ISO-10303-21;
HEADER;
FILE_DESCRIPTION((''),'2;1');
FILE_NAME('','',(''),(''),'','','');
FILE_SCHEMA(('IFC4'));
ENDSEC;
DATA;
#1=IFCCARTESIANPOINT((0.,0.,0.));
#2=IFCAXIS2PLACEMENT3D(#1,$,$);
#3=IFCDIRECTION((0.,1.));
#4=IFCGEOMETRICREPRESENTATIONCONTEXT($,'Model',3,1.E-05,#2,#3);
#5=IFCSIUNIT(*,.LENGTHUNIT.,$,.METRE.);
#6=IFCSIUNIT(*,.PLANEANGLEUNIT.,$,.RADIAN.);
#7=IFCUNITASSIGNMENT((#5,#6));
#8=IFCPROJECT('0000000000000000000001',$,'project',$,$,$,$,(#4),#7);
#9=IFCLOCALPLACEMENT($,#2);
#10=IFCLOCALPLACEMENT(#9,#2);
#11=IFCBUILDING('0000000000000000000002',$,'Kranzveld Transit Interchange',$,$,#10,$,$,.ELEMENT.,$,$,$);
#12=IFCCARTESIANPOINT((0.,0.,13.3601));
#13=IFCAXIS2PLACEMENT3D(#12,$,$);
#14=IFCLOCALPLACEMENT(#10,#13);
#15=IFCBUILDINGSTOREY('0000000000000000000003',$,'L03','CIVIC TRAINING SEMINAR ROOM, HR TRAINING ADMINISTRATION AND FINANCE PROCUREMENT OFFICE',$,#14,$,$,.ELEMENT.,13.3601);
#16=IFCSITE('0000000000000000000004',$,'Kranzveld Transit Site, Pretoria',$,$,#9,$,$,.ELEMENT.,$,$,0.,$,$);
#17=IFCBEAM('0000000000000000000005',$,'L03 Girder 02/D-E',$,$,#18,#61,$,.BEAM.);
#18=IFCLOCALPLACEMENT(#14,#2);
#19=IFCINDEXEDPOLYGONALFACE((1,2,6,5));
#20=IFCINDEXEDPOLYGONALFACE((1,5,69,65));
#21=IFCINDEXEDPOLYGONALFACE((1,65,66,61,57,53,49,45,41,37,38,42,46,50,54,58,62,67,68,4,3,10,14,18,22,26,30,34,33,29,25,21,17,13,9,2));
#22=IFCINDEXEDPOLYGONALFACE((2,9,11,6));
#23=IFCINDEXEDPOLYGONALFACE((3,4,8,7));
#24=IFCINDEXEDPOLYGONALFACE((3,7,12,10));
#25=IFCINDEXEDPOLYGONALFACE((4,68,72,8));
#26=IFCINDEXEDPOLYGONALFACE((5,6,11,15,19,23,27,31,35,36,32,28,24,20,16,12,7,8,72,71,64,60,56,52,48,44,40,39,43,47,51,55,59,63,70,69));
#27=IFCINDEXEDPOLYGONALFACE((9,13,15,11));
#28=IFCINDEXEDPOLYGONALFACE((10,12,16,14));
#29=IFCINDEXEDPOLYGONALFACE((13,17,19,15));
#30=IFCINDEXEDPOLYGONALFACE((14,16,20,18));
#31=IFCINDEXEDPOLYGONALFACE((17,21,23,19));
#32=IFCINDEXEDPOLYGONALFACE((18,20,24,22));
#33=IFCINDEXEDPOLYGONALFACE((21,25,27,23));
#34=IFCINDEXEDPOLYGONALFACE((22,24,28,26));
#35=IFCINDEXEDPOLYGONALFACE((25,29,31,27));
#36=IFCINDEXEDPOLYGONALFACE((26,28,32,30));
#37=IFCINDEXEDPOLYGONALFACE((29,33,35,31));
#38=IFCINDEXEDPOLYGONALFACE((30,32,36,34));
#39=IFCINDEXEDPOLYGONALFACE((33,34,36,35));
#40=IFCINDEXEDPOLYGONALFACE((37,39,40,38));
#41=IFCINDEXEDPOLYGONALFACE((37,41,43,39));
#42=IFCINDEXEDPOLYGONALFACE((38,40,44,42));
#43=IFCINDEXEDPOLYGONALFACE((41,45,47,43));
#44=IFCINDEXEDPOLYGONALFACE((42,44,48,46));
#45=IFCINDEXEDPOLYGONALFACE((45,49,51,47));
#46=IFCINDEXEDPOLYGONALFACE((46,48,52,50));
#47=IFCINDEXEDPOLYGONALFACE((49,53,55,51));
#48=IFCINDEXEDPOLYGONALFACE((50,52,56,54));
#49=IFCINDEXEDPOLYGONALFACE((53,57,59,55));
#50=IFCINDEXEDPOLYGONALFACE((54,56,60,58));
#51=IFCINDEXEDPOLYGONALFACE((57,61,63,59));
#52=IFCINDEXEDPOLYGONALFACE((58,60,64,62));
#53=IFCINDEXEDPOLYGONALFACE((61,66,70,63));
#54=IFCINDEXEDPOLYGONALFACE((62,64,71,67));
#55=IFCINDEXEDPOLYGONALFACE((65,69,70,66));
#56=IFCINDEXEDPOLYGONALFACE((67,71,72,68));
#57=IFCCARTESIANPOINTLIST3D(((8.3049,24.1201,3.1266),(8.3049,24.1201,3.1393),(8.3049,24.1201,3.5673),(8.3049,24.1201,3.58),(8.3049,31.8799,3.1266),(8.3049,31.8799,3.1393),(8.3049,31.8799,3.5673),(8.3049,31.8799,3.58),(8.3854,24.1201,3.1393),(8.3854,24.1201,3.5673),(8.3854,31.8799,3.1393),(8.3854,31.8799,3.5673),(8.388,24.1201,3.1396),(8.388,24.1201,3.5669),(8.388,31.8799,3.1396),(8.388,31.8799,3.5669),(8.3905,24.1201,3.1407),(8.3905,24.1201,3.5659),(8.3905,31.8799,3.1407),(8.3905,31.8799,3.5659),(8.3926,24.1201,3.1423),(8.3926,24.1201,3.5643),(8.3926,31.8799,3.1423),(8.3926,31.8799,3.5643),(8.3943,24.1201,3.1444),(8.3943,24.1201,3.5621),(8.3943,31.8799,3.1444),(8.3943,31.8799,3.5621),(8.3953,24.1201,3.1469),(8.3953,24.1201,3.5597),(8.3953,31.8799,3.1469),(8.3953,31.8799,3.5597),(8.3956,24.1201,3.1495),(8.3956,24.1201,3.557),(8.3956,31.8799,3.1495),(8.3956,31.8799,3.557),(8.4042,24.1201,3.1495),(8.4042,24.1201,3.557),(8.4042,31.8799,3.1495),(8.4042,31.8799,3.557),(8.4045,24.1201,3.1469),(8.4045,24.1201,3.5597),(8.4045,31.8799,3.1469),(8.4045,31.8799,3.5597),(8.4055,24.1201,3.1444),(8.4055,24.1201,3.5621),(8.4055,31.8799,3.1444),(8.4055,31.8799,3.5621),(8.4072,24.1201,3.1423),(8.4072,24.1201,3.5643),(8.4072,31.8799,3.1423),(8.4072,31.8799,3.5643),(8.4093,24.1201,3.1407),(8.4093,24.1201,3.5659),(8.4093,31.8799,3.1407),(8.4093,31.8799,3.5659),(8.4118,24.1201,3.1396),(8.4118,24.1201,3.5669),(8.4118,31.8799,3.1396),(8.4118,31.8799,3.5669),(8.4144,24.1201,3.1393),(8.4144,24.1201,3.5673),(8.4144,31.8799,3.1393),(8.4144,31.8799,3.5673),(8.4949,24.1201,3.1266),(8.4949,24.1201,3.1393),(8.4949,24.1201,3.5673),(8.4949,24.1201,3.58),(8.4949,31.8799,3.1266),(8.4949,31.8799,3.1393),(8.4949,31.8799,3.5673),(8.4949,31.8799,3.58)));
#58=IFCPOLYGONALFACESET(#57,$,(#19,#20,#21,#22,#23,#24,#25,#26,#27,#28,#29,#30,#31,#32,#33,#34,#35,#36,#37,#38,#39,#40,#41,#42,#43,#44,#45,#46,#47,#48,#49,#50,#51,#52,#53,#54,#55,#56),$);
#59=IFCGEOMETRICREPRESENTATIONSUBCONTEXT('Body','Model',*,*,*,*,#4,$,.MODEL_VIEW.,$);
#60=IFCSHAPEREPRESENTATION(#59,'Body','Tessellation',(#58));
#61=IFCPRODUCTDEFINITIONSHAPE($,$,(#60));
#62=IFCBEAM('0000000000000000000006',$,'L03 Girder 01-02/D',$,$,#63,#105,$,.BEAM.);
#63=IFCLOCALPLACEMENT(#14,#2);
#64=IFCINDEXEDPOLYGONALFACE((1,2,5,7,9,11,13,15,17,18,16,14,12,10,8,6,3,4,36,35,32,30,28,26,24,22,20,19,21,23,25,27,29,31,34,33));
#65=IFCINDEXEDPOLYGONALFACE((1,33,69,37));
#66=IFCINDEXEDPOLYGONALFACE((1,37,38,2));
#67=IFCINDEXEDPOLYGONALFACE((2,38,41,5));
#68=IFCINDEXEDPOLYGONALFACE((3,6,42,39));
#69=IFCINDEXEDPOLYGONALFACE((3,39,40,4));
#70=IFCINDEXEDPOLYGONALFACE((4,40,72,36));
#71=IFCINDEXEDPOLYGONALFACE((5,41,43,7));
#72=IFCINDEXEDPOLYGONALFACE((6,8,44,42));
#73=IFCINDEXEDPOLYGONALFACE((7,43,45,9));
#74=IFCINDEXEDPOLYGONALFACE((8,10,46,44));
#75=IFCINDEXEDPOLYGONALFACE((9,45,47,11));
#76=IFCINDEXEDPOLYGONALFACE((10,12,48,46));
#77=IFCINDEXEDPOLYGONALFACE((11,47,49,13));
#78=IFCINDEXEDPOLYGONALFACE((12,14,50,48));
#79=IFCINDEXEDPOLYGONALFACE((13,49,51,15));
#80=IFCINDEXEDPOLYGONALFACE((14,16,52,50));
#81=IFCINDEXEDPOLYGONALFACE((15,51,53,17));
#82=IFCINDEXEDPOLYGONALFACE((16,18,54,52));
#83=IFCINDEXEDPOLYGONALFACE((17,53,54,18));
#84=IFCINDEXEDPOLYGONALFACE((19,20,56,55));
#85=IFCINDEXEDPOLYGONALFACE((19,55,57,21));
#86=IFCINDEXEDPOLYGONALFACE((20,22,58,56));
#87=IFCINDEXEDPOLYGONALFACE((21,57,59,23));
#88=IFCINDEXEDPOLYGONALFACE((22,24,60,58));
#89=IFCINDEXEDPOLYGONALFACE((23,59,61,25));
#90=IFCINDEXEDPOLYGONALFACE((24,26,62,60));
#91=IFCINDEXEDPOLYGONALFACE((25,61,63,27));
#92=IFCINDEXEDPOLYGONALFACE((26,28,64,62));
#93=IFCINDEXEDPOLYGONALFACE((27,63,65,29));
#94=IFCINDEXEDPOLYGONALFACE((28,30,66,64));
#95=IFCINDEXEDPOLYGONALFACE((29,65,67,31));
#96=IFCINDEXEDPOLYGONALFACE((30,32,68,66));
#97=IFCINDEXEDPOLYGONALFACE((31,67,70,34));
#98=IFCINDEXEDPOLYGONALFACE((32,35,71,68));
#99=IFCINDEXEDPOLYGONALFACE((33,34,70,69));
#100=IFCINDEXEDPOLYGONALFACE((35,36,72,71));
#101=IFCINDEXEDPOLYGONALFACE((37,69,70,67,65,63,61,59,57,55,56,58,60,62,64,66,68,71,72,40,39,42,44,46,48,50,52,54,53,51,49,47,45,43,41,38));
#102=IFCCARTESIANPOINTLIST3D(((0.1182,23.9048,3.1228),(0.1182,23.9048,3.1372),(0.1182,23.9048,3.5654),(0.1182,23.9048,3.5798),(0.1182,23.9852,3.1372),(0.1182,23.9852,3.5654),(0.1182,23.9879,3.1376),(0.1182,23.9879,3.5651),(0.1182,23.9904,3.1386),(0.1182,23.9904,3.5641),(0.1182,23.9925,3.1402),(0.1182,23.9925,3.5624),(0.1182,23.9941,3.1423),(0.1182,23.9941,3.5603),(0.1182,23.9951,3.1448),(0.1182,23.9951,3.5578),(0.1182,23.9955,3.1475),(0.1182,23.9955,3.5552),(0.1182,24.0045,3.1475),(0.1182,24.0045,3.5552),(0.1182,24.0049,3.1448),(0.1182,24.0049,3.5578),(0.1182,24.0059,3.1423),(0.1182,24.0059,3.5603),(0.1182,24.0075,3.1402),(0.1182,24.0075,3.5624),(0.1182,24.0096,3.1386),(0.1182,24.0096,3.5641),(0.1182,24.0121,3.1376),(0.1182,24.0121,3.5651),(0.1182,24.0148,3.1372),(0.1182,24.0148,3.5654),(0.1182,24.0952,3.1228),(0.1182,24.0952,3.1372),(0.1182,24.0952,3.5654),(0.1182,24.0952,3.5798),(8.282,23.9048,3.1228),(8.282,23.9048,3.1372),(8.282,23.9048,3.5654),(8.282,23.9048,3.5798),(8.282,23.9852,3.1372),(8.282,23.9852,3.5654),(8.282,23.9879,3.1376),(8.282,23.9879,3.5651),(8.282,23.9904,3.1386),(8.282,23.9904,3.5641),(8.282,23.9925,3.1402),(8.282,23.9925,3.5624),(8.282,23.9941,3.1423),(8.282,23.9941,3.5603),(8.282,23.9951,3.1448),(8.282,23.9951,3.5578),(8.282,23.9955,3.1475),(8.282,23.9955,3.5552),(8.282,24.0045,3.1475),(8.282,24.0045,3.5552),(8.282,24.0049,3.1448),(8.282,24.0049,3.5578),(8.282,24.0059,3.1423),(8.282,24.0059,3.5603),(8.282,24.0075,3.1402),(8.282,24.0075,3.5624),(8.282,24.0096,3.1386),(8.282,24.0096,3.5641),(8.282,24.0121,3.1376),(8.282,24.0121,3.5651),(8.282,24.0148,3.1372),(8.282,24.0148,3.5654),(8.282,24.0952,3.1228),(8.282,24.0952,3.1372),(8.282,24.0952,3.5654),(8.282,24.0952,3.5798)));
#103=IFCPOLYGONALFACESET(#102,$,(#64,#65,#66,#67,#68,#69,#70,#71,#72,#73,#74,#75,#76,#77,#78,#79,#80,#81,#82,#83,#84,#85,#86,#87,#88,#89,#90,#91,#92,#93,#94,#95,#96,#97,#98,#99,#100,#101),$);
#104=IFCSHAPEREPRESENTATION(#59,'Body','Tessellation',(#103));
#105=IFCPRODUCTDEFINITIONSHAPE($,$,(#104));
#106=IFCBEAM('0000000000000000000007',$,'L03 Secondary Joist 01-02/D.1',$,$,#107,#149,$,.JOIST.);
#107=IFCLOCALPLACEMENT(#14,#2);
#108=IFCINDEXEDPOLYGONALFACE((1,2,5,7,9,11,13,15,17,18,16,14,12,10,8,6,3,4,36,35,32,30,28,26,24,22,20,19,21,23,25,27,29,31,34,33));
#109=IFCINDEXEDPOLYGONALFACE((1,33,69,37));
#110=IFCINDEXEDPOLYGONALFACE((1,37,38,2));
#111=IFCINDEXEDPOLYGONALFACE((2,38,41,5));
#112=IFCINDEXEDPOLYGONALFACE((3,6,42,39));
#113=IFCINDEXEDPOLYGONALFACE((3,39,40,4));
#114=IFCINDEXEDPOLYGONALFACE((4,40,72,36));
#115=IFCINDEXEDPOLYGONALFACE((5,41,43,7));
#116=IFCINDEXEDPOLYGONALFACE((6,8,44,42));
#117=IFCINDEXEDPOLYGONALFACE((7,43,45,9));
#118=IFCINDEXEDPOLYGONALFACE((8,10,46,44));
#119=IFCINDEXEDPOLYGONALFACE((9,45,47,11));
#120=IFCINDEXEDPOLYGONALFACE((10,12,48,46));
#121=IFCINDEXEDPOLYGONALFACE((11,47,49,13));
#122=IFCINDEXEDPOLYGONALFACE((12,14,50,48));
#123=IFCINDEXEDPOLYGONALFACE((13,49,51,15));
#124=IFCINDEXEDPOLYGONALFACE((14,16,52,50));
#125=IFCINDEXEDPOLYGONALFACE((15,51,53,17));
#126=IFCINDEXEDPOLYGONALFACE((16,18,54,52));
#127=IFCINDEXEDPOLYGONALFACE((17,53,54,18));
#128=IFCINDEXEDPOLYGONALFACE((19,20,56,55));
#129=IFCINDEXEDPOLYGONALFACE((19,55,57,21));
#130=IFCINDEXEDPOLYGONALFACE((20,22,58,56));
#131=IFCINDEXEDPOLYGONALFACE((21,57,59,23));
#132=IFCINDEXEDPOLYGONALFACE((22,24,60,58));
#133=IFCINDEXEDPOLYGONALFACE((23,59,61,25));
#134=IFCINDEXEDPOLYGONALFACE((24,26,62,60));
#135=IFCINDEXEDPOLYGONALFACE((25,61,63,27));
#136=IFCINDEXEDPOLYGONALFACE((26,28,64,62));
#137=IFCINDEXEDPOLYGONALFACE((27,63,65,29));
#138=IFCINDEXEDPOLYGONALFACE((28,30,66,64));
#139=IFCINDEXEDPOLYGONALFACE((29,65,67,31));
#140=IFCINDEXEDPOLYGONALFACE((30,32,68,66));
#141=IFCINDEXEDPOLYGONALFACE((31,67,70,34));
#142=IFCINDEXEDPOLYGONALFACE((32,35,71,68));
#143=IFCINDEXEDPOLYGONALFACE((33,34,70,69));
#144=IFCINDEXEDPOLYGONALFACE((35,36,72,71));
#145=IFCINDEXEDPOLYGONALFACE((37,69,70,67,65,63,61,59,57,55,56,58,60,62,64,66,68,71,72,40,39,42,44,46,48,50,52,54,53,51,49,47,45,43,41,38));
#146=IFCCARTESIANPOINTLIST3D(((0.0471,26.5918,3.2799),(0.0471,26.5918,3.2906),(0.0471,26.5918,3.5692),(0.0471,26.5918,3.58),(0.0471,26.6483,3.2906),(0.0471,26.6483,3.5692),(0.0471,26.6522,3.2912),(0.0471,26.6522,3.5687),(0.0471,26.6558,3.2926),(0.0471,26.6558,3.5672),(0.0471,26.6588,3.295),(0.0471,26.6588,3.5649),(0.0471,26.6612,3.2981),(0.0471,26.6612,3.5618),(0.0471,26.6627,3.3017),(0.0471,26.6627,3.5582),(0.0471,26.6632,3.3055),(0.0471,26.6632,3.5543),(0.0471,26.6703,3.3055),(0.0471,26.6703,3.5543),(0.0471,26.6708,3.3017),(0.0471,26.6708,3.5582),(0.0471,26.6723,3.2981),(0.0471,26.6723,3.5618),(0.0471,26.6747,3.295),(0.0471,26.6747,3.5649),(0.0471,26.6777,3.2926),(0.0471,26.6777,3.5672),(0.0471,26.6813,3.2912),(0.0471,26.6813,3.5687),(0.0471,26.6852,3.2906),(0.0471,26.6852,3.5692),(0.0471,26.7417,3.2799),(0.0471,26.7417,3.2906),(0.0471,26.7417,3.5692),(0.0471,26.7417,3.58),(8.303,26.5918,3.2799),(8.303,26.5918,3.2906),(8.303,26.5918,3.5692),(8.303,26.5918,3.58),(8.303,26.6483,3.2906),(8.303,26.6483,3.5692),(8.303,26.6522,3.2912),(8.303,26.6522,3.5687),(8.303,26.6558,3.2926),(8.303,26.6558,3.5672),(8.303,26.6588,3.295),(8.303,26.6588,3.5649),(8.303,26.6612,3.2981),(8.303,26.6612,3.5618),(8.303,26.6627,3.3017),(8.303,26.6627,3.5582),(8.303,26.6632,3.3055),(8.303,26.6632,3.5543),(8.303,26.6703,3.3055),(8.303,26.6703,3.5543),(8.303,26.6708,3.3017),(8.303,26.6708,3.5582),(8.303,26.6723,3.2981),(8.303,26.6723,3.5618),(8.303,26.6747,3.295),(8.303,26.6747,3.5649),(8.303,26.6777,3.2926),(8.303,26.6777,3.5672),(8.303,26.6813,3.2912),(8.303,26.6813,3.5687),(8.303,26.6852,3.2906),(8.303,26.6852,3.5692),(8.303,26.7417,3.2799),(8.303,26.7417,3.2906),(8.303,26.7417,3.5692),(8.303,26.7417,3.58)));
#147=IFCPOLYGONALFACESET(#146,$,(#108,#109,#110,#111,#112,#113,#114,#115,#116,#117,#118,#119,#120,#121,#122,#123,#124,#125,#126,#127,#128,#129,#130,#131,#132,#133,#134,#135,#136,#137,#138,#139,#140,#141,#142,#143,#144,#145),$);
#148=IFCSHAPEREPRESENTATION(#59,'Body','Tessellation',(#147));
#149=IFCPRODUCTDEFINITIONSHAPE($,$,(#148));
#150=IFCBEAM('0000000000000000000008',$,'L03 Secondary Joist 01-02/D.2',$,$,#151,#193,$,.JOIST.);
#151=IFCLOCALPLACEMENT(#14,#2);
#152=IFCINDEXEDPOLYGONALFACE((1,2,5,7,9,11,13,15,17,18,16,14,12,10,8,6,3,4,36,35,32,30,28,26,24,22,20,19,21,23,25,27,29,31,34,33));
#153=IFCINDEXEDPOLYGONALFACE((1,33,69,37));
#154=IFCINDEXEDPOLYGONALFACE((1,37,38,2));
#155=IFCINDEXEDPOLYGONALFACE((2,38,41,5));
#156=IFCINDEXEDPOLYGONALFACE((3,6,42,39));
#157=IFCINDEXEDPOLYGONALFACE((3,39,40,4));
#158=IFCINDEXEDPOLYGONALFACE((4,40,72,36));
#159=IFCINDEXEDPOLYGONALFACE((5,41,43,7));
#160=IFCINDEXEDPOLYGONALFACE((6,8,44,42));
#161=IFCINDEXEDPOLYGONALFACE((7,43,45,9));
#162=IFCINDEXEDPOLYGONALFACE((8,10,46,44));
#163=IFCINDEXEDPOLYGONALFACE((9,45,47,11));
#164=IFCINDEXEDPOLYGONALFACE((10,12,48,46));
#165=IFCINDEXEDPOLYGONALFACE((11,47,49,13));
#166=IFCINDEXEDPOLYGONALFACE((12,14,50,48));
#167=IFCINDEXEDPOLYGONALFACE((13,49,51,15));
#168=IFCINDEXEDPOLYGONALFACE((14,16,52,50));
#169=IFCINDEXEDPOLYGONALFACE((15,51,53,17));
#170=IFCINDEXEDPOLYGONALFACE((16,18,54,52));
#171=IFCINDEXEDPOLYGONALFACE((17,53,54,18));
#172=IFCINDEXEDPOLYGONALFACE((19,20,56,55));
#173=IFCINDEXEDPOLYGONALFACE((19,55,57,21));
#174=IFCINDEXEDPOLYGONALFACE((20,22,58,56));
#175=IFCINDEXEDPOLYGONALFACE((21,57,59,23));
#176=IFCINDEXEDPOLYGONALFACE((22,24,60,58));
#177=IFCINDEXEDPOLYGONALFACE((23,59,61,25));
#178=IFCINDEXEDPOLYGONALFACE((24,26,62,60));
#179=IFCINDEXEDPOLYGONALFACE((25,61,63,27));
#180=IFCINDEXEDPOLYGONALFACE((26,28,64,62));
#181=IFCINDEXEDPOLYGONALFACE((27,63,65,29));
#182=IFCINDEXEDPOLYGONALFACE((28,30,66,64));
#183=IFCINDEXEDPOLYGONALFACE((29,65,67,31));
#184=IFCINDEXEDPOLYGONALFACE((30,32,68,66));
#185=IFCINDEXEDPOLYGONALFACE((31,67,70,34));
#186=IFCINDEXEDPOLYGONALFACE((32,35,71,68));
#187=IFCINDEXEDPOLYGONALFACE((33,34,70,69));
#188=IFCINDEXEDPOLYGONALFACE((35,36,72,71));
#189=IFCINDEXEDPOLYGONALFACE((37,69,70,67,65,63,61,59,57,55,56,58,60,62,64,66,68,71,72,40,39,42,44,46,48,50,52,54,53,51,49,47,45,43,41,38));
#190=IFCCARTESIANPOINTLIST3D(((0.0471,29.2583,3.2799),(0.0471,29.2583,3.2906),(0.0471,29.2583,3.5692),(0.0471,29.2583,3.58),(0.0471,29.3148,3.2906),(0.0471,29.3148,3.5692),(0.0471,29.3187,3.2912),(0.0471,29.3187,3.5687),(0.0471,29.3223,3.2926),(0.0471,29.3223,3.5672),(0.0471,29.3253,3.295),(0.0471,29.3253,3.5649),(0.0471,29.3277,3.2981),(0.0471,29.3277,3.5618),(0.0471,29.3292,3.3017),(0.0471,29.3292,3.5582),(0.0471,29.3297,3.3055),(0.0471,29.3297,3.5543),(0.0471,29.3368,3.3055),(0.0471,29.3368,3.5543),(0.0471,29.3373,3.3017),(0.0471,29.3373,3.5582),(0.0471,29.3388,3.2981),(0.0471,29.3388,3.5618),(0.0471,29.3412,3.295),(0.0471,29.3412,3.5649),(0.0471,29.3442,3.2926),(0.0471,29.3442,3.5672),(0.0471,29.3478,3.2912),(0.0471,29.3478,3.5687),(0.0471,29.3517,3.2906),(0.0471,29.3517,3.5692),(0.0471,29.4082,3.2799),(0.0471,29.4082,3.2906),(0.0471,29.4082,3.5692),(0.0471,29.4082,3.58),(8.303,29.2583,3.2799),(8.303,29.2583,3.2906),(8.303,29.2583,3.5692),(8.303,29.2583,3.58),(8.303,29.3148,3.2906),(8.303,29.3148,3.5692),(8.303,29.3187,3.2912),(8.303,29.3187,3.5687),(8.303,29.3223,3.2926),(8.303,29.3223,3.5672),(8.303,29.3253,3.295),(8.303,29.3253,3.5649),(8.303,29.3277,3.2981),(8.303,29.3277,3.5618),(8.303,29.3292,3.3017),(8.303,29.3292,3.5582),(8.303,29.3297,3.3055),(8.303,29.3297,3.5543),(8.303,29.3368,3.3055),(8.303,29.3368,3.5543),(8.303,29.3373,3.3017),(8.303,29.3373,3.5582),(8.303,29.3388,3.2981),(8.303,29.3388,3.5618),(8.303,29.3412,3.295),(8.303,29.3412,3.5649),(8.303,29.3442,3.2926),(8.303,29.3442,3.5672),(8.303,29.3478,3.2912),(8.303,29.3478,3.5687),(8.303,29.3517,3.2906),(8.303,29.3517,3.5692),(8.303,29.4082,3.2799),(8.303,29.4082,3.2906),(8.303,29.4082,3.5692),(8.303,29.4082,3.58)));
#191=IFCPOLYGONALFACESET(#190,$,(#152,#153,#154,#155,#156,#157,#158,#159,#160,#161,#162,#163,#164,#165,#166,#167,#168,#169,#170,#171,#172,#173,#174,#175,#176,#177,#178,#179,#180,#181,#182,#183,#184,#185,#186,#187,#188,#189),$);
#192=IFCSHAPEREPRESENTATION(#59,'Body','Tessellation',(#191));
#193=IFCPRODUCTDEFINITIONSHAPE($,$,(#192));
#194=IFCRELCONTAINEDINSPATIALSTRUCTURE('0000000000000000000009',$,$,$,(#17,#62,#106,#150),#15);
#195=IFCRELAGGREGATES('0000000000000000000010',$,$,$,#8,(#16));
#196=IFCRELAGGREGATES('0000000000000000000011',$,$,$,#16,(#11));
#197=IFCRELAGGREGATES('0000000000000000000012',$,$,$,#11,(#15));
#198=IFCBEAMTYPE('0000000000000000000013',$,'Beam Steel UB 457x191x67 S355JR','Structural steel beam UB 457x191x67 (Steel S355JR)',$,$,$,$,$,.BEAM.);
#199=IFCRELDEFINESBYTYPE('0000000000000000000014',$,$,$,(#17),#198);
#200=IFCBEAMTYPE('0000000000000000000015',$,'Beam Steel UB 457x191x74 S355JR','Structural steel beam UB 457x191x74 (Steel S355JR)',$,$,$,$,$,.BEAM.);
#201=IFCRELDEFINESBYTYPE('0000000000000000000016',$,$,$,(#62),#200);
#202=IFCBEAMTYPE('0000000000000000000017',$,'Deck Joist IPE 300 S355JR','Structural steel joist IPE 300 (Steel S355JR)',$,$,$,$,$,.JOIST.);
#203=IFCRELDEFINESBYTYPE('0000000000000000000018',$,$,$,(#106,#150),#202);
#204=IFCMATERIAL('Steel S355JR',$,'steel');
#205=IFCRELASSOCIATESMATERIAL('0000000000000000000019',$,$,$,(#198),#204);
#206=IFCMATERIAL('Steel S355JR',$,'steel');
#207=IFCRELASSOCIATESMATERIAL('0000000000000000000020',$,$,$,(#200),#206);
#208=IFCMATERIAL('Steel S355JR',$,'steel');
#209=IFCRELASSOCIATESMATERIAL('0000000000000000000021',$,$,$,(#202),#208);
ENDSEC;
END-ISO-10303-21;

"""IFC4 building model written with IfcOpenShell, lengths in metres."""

from ifc_helpers import new_model, si_unit, direction, frame, origin, origin_2d, place, context, subcontext, project, spatial, i_section, extrude, material, material_profile, profile_set, type_object, element, save


model = new_model("IFC4")

# Units and contexts
model_context = context("Model", 3, precision=1e-05, world=origin(), true_north=direction((0.0, 1.0)))
body_context = subcontext(model_context, "Body", "Model", "MODEL_VIEW")
ifc_project = project(units=[si_unit("LENGTHUNIT", "METRE"), si_unit("PLANEANGLEUNIT", "RADIAN")], contexts=[model_context])

# Site, building, storey
site_placement = place(None, origin())
site = spatial("IfcSite", under=ifc_project, at=site_placement, Name="Kranzveld Transit Site, Pretoria", CompositionType="ELEMENT", RefElevation=0.0)
building_placement = place(site_placement, origin())
building = spatial("IfcBuilding", under=site, at=building_placement, Name="Kranzveld Transit Interchange", CompositionType="ELEMENT")
storey_placement = place(building_placement, frame((0.0, 0.0, 13.3601)))
storey = spatial("IfcBuildingStorey", under=building, at=storey_placement, Name="L03", Description="CIVIC TRAINING SEMINAR ROOM, HR TRAINING ADMINISTRATION AND FINANCE PROCUREMENT OFFICE", CompositionType="ELEMENT", Elevation=13.3601)

# Beams
ifc_material_1 = material(Name="Steel S355JR", Category="steel")
ifc_material_profile_1 = material_profile(ifc_material_1, i_section(OverallWidth=0.1899, OverallDepth=0.4534, WebThickness=0.0085, FlangeThickness=0.0127, FilletRadius=0.0103, at=origin_2d()), Name="UB 457x191x67")
ifc_profile_set_1 = profile_set([ifc_material_profile_1], Name="Steel S355JR")
beam_type_1 = type_object("IfcBeamType", Name="Beam Steel UB 457x191x67 S355JR", Description="Structural steel beam UB 457x191x67 (Steel S355JR)", PredefinedType="BEAM", material=ifc_profile_set_1)
beam_1_placement = place(storey_placement, frame((8.3999, 24.1201, 3.3533), z_axis=(0.0, 1.0, 0.0), x_axis=(-1.0, 0.0, 0.0)))
element("IfcBeam", 1, at=beam_1_placement, inside=storey, type_object=beam_type_1, Name="L03 Girder 02/D-E", PredefinedType="BEAM", context=body_context, shape_type="SweptSolid", body=[
    extrude(i_section(OverallWidth=0.1899, OverallDepth=0.4534, WebThickness=0.0085, FlangeThickness=0.0127, FilletRadius=0.0103, at=origin_2d()), origin(), (0.0, 0.0, 1.0), 7.7598),
])
ifc_material_2 = material(Name="Steel S355JR", Category="steel")
ifc_material_profile_2 = material_profile(ifc_material_2, i_section(OverallWidth=0.1904, OverallDepth=0.457, WebThickness=0.009, FlangeThickness=0.0144, FilletRadius=0.0103, at=origin_2d()), Name="UB 457x191x74")
ifc_profile_set_2 = profile_set([ifc_material_profile_2], Name="Steel S355JR")
beam_type_2 = type_object("IfcBeamType", Name="Beam Steel UB 457x191x74 S355JR", Description="Structural steel beam UB 457x191x74 (Steel S355JR)", PredefinedType="BEAM", material=ifc_profile_set_2)
beam_2_placement = place(storey_placement, frame((0.1182, 24.0, 3.3513), z_axis=(1.0, 0.0, 0.0), x_axis=(0.0, 1.0, 0.0)))
element("IfcBeam", 2, at=beam_2_placement, inside=storey, type_object=beam_type_2, Name="L03 Girder 01-02/D", PredefinedType="BEAM", context=body_context, shape_type="SweptSolid", body=[
    extrude(i_section(OverallWidth=0.1904, OverallDepth=0.457, WebThickness=0.009, FlangeThickness=0.0144, FilletRadius=0.0103, at=origin_2d()), origin(), (0.0, 0.0, 1.0), 8.1638),
])
ifc_material_3 = material(Name="Steel S355JR", Category="steel")
ifc_material_profile_3 = material_profile(ifc_material_3, i_section(OverallWidth=0.1499, OverallDepth=0.3, WebThickness=0.0071, FlangeThickness=0.0107, FilletRadius=0.0149, at=origin_2d()), Name="IPE 300")
ifc_profile_set_3 = profile_set([ifc_material_profile_3], Name="Steel S355JR")
beam_type_3 = type_object("IfcBeamType", Name="Deck Joist IPE 300 S355JR", Description="Structural steel joist IPE 300 (Steel S355JR)", PredefinedType="JOIST", material=ifc_profile_set_3)
for number, where, z_axis, x_axis, name in (
    (3, (0.0471, 26.6667, 3.4299), (1.0, 0.0, 0.0), (0.0, 1.0, 0.0), "L03 Secondary Joist 01-02/D.1"),
    (4, (0.0471, 29.3333, 3.4299), (1.0, 0.0, 0.0), (0.0, 1.0, 0.0), "L03 Secondary Joist 01-02/D.2"),
):
    element("IfcBeam", number, at=place(storey_placement, frame(where, z_axis=z_axis, x_axis=x_axis)), inside=storey, type_object=beam_type_3, Name=name, PredefinedType="JOIST", context=body_context, shape_type="SweptSolid", body=[
        extrude(i_section(OverallWidth=0.1499, OverallDepth=0.3, WebThickness=0.0071, FlangeThickness=0.0107, FilletRadius=0.0149, at=origin_2d()), origin(), (0.0, 0.0, 1.0), 8.2559),
    ])

save(model, "model.ifc")
